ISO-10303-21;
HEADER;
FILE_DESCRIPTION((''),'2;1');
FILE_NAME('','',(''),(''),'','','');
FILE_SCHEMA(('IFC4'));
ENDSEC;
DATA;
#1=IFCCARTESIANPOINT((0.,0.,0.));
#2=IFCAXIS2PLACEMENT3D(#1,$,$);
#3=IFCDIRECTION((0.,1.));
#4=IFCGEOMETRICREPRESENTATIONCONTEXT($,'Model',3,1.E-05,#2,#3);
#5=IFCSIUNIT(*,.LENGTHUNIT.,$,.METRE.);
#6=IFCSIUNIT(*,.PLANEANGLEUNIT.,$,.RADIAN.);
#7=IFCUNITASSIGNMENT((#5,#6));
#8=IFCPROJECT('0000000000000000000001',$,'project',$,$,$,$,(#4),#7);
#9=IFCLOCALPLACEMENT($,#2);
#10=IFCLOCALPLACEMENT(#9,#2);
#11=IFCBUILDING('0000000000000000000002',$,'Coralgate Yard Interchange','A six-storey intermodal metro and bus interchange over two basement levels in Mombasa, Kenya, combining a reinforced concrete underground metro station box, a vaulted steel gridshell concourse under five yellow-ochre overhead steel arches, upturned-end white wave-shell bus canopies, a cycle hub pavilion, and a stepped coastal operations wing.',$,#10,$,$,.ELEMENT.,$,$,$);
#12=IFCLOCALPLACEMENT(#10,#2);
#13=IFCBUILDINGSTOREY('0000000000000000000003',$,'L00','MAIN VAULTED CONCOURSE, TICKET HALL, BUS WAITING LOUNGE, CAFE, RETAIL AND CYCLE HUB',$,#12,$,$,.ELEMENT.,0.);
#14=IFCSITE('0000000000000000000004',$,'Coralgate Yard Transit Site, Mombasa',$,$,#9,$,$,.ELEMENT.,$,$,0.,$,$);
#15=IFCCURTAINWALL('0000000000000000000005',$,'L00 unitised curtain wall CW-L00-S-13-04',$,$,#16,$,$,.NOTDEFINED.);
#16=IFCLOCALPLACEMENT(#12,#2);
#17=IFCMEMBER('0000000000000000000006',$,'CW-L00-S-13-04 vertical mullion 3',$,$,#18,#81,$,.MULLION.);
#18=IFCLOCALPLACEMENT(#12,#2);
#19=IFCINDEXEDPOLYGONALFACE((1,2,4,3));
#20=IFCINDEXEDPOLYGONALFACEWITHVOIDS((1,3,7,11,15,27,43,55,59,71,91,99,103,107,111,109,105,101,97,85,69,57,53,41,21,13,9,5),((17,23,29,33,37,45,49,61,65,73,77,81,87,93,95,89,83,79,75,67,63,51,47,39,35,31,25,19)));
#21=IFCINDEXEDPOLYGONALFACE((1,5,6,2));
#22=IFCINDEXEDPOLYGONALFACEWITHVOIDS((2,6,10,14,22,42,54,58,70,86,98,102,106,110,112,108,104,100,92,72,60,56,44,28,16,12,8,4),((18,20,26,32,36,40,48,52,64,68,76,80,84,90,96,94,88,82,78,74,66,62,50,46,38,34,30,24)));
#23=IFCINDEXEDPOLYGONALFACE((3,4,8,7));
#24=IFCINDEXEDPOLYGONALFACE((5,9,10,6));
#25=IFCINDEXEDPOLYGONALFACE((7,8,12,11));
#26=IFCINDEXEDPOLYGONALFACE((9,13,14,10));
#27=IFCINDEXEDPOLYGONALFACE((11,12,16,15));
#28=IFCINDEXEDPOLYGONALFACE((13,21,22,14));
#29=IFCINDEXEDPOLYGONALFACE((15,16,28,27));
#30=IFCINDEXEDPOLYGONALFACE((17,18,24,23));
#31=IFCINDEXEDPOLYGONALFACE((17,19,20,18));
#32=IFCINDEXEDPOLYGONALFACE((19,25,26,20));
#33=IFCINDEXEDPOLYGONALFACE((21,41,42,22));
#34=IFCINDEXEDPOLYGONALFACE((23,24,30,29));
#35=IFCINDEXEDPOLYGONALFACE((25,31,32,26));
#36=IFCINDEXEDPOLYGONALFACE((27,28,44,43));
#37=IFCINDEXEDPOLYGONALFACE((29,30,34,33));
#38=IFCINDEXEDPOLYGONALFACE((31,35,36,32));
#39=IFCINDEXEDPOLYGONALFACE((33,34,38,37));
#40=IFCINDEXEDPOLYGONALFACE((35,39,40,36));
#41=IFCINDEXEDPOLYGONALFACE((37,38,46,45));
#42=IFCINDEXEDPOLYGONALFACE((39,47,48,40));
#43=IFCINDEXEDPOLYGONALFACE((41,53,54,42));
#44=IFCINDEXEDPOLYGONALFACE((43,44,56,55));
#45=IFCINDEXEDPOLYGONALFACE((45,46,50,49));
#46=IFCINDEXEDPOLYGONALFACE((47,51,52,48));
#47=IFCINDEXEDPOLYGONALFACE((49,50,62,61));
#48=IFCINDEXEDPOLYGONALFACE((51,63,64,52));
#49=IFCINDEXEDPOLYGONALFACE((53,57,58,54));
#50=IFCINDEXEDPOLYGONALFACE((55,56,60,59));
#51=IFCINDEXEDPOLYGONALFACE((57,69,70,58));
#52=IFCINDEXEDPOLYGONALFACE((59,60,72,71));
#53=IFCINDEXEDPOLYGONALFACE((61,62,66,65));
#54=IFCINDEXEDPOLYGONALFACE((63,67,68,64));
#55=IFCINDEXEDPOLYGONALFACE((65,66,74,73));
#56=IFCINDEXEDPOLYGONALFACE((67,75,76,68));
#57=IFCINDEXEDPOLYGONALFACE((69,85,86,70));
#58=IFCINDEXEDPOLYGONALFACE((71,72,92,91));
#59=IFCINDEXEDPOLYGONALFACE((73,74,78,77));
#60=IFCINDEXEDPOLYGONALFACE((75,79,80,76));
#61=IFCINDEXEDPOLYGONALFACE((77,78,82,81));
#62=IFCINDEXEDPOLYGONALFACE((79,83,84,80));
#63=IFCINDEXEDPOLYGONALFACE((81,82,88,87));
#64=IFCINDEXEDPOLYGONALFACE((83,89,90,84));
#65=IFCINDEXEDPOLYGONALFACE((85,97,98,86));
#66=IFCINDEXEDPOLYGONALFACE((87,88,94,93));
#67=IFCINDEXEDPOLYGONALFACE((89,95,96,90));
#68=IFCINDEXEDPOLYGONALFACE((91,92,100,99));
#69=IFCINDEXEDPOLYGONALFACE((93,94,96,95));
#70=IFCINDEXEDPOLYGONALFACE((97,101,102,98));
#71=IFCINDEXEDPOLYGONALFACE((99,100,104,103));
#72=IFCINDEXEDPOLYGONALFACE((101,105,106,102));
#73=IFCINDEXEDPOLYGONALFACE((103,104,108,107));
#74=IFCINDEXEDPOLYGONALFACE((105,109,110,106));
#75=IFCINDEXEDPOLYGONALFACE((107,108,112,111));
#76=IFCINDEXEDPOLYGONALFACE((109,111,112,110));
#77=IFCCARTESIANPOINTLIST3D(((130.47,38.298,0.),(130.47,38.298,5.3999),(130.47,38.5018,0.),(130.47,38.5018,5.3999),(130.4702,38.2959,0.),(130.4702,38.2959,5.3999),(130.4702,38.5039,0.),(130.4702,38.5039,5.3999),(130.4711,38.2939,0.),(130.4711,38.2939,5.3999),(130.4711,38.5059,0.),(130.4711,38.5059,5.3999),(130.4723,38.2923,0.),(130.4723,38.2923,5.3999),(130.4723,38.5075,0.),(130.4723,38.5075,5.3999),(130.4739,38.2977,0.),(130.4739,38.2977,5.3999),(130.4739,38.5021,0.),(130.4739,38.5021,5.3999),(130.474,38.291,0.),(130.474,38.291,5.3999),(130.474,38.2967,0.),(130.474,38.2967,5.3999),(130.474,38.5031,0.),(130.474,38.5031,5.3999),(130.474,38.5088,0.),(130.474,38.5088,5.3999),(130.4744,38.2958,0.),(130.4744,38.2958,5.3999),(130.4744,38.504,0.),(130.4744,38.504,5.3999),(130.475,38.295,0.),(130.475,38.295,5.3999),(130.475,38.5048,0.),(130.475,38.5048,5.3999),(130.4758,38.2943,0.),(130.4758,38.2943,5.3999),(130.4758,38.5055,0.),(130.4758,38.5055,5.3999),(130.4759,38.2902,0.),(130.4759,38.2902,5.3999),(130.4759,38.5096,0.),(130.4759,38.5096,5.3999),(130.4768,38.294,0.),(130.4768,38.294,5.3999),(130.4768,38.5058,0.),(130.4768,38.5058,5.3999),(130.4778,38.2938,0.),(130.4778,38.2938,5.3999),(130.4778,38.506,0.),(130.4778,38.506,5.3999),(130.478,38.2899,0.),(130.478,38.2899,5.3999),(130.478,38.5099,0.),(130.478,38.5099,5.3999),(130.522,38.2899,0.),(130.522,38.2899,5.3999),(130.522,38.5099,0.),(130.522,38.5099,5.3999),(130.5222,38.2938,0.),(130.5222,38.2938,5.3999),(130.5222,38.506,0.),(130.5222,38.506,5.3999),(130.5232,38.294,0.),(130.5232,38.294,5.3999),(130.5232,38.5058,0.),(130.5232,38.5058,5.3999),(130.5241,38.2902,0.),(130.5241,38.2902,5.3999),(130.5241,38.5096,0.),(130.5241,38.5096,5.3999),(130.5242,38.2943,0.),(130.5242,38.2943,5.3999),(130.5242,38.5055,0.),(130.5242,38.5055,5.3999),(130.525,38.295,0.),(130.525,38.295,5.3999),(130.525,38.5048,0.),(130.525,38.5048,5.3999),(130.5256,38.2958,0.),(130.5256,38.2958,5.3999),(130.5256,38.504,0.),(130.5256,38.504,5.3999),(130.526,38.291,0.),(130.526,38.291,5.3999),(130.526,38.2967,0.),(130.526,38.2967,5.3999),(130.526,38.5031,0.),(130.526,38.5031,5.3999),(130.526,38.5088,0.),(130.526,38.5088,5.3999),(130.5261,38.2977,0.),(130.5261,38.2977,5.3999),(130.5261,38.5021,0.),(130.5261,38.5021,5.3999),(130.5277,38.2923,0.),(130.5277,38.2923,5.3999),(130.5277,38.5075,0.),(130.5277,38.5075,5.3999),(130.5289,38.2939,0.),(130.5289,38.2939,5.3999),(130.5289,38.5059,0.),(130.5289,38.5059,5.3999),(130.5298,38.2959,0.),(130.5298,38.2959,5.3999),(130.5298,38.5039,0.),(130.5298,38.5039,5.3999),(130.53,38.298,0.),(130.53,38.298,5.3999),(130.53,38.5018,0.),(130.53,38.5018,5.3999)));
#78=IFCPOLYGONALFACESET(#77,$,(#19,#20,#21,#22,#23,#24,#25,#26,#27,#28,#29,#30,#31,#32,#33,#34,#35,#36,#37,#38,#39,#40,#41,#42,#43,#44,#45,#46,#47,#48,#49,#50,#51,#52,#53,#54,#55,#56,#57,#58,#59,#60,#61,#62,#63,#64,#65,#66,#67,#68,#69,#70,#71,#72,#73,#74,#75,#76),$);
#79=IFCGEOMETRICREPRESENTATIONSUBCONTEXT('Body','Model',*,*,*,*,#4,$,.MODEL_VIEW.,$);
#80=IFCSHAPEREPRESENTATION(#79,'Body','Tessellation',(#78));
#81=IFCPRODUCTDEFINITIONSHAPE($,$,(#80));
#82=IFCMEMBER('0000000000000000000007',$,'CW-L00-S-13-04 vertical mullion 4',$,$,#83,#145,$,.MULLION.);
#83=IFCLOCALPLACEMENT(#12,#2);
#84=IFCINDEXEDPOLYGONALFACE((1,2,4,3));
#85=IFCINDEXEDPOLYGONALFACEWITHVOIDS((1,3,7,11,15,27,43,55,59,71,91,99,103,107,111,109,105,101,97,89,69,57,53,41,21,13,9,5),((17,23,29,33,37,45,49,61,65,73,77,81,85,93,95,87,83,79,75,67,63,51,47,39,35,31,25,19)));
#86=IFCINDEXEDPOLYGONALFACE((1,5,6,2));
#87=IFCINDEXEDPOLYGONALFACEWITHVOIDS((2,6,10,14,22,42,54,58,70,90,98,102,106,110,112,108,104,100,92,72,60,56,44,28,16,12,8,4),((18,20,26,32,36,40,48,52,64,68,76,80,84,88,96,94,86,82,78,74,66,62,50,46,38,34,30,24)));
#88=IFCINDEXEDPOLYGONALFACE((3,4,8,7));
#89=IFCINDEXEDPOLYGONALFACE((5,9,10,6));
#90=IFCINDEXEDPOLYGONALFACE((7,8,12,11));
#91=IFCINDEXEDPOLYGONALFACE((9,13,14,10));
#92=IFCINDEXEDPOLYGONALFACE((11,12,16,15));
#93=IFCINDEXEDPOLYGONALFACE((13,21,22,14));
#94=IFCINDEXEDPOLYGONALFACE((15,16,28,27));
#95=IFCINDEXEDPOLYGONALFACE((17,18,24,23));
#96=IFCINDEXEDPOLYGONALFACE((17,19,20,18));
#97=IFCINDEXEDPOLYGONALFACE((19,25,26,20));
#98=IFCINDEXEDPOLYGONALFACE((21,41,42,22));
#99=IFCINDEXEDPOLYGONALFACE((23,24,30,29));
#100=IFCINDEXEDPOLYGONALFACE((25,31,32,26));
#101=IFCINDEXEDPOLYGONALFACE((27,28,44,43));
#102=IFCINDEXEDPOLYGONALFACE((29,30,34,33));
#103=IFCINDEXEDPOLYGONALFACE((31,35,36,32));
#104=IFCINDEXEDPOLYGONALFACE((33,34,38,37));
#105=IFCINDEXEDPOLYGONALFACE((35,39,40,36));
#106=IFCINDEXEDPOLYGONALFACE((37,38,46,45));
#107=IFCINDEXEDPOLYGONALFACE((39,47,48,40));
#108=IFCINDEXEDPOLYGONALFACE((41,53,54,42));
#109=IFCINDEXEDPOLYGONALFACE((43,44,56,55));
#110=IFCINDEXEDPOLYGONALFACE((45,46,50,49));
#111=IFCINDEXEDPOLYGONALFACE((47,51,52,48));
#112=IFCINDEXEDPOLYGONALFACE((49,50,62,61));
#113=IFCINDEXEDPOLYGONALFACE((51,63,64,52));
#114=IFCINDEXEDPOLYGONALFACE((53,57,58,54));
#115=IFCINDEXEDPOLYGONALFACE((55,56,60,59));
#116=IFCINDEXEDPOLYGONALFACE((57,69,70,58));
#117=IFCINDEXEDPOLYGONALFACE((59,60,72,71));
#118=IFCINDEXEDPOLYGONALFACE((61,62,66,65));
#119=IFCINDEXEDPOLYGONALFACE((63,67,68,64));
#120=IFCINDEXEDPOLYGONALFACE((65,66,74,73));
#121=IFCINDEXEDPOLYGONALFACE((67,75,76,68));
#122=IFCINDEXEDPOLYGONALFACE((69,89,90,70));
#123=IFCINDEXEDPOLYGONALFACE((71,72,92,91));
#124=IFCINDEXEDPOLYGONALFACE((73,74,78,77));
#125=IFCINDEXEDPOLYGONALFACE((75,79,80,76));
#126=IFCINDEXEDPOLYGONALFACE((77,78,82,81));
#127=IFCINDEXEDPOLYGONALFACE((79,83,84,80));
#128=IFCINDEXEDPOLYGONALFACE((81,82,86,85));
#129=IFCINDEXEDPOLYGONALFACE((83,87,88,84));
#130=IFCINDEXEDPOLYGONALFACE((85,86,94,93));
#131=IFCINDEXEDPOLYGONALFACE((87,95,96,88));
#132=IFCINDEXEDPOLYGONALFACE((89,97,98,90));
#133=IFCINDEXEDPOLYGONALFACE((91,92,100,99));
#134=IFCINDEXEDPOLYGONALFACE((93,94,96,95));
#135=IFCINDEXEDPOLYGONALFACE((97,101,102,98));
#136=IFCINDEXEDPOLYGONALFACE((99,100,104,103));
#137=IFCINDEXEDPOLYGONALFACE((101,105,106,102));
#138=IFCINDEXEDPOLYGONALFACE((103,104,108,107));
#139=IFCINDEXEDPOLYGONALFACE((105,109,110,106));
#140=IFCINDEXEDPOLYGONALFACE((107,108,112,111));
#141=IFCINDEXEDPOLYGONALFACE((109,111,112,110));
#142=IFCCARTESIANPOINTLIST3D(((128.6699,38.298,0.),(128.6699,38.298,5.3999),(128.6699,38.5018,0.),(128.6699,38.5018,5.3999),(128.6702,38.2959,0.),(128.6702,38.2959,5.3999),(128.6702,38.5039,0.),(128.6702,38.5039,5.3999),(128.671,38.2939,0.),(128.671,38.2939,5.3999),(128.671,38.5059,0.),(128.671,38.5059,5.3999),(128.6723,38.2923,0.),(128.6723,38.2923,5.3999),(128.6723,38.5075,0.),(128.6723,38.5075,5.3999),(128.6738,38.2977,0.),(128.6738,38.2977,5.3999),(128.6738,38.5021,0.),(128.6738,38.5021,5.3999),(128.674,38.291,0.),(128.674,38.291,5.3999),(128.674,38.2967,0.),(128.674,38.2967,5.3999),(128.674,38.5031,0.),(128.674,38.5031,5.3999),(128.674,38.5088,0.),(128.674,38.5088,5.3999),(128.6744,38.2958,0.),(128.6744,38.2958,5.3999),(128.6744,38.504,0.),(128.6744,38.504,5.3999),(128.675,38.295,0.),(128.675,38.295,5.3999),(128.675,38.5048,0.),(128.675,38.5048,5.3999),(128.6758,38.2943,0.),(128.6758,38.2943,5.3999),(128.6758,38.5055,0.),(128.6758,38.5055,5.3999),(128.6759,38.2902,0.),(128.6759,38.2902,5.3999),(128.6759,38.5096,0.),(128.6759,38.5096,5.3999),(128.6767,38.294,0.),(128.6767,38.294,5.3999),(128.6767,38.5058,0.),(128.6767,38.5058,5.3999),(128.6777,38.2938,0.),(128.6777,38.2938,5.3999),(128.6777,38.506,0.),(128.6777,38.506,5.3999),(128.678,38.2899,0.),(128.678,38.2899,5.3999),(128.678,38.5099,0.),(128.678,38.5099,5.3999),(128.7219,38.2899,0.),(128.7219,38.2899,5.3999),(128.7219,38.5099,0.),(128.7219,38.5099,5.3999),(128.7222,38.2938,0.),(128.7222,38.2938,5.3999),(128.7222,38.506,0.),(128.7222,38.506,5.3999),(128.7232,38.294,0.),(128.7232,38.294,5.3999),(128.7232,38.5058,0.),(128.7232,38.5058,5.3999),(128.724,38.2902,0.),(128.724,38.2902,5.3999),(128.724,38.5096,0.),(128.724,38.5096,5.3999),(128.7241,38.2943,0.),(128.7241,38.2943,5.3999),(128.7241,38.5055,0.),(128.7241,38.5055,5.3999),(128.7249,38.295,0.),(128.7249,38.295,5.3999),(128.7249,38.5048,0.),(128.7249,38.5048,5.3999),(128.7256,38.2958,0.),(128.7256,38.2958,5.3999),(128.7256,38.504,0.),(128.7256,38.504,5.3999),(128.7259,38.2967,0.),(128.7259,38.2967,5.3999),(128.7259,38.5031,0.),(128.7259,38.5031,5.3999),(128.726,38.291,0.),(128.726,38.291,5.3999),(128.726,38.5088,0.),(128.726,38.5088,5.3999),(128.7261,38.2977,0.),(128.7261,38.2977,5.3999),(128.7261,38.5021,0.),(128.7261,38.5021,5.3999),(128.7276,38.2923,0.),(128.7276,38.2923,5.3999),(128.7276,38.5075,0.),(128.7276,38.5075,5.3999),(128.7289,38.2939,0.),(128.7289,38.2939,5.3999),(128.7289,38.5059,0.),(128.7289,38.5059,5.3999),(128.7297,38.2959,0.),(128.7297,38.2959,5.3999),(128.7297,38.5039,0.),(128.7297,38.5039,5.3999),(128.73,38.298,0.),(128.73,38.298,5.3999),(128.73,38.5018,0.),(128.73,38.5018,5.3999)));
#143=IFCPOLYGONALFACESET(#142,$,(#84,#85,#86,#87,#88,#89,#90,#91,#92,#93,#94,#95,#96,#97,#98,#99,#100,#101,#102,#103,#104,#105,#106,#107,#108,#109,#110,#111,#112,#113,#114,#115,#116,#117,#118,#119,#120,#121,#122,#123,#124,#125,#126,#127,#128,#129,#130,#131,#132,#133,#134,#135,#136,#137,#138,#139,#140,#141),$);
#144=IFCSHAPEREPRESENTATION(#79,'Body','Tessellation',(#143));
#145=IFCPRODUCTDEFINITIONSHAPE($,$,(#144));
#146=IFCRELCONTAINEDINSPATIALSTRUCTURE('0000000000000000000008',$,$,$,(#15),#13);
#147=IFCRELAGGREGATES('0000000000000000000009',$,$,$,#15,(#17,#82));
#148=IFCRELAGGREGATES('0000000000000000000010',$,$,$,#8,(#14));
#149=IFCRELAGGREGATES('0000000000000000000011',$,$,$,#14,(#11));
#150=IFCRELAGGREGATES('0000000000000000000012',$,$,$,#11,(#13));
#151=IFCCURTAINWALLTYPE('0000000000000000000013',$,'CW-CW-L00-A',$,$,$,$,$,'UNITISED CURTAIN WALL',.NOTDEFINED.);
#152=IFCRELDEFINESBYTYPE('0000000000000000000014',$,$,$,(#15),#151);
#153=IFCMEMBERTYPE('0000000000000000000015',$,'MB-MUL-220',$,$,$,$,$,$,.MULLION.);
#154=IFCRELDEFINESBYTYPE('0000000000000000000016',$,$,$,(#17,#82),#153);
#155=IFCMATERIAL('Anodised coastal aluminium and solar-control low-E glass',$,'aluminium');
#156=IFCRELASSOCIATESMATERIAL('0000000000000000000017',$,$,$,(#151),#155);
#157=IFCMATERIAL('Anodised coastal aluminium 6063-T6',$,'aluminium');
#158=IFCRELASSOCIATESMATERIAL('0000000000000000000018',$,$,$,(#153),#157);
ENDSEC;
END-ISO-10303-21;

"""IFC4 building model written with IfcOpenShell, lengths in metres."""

from ifc_helpers import new_model, si_unit, direction, frame, origin, origin_2d, place, context, subcontext, project, spatial, hollow_rectangle, extrude, material, material_profile, profile_set, type_object, element, aggregate, save


model = new_model("IFC4")

# Units and contexts
model_context = context("Model", 3, precision=1e-05, world=origin(), true_north=direction((0.0, 1.0)))
body_context = subcontext(model_context, "Body", "Model", "MODEL_VIEW")
ifc_project = project(units=[si_unit("LENGTHUNIT", "METRE"), si_unit("PLANEANGLEUNIT", "RADIAN")], contexts=[model_context])

# Site, building, storey
site_placement = place(None, origin())
site = spatial("IfcSite", under=ifc_project, at=site_placement, Name="Coralgate Yard Transit Site, Mombasa", CompositionType="ELEMENT", RefElevation=0.0)
building_placement = place(site_placement, origin())
building = spatial("IfcBuilding", under=site, at=building_placement, Name="Coralgate Yard Interchange", Description="A six-storey intermodal metro and bus interchange over two basement levels in Mombasa, Kenya, combining a reinforced concrete underground metro station box, a vaulted steel gridshell concourse under five yellow-ochre overhead steel arches, upturned-end white wave-shell bus canopies, a cycle hub pavilion, and a stepped coastal operations wing.", CompositionType="ELEMENT")
storey_placement = place(building_placement, origin())
storey = spatial("IfcBuildingStorey", under=building, at=storey_placement, Name="L00", Description="MAIN VAULTED CONCOURSE, TICKET HALL, BUS WAITING LOUNGE, CAFE, RETAIL AND CYCLE HUB", CompositionType="ELEMENT", Elevation=0.0)

# Curtain wall, members
ifc_material_1 = material(Name="Anodised coastal aluminium and solar-control low-E glass", Category="aluminium")
curtain_wall_type = type_object("IfcCurtainWallType", Name="CW-CW-L00-A", ElementType="UNITISED CURTAIN WALL", PredefinedType="NOTDEFINED", material=ifc_material_1)
curtain_wall_placement = place(storey_placement, origin())
curtain_wall = element("IfcCurtainWall", 1, at=curtain_wall_placement, inside=storey, type_object=curtain_wall_type, Name="L00 unitised curtain wall CW-L00-S-13-04", PredefinedType="NOTDEFINED")
ifc_material_2 = material(Name="Anodised coastal aluminium 6063-T6", Category="aluminium")
ifc_material_profile_1 = material_profile(ifc_material_2, hollow_rectangle(XDim=0.0601, YDim=0.22, WallThickness=0.0039, InnerFilletRadius=0.0039, OuterFilletRadius=0.0081, at=origin_2d()), Name="ALU 60x220x4")
ifc_profile_set_1 = profile_set([ifc_material_profile_1], Name="Anodised coastal aluminium 6063-T6")
member_type_1 = type_object("IfcMemberType", Name="MB-MUL-220", PredefinedType="MULLION", material=ifc_profile_set_1)
member_1_placement = place(storey_placement, frame((130.5, 38.3999, 0.0), z_axis=(0.0, 0.0, 1.0), x_axis=(1.0, 0.0, 0.0)))
member_1 = element("IfcMember", 2, at=member_1_placement, type_object=member_type_1, Name="CW-L00-S-13-04 vertical mullion 3", PredefinedType="MULLION", context=body_context, shape_type="SweptSolid", body=[
    extrude(hollow_rectangle(XDim=0.0601, YDim=0.22, WallThickness=0.0039, InnerFilletRadius=0.0039, OuterFilletRadius=0.0081, at=origin_2d()), origin(), (0.0, 0.0, 1.0), 5.3999),
])
member_2_placement = place(storey_placement, frame((128.7, 38.3999, 0.0), z_axis=(0.0, 0.0, 1.0), x_axis=(1.0, 0.0, 0.0)))
member_2 = element("IfcMember", 3, at=member_2_placement, type_object=member_type_1, Name="CW-L00-S-13-04 vertical mullion 4", PredefinedType="MULLION", context=body_context, shape_type="SweptSolid", body=[
    extrude(hollow_rectangle(XDim=0.0601, YDim=0.22, WallThickness=0.0039, InnerFilletRadius=0.0039, OuterFilletRadius=0.0081, at=origin_2d()), origin(), (0.0, 0.0, 1.0), 5.3999),
])
aggregate(curtain_wall, [member_1, member_2])

save(model, "model.ifc")
